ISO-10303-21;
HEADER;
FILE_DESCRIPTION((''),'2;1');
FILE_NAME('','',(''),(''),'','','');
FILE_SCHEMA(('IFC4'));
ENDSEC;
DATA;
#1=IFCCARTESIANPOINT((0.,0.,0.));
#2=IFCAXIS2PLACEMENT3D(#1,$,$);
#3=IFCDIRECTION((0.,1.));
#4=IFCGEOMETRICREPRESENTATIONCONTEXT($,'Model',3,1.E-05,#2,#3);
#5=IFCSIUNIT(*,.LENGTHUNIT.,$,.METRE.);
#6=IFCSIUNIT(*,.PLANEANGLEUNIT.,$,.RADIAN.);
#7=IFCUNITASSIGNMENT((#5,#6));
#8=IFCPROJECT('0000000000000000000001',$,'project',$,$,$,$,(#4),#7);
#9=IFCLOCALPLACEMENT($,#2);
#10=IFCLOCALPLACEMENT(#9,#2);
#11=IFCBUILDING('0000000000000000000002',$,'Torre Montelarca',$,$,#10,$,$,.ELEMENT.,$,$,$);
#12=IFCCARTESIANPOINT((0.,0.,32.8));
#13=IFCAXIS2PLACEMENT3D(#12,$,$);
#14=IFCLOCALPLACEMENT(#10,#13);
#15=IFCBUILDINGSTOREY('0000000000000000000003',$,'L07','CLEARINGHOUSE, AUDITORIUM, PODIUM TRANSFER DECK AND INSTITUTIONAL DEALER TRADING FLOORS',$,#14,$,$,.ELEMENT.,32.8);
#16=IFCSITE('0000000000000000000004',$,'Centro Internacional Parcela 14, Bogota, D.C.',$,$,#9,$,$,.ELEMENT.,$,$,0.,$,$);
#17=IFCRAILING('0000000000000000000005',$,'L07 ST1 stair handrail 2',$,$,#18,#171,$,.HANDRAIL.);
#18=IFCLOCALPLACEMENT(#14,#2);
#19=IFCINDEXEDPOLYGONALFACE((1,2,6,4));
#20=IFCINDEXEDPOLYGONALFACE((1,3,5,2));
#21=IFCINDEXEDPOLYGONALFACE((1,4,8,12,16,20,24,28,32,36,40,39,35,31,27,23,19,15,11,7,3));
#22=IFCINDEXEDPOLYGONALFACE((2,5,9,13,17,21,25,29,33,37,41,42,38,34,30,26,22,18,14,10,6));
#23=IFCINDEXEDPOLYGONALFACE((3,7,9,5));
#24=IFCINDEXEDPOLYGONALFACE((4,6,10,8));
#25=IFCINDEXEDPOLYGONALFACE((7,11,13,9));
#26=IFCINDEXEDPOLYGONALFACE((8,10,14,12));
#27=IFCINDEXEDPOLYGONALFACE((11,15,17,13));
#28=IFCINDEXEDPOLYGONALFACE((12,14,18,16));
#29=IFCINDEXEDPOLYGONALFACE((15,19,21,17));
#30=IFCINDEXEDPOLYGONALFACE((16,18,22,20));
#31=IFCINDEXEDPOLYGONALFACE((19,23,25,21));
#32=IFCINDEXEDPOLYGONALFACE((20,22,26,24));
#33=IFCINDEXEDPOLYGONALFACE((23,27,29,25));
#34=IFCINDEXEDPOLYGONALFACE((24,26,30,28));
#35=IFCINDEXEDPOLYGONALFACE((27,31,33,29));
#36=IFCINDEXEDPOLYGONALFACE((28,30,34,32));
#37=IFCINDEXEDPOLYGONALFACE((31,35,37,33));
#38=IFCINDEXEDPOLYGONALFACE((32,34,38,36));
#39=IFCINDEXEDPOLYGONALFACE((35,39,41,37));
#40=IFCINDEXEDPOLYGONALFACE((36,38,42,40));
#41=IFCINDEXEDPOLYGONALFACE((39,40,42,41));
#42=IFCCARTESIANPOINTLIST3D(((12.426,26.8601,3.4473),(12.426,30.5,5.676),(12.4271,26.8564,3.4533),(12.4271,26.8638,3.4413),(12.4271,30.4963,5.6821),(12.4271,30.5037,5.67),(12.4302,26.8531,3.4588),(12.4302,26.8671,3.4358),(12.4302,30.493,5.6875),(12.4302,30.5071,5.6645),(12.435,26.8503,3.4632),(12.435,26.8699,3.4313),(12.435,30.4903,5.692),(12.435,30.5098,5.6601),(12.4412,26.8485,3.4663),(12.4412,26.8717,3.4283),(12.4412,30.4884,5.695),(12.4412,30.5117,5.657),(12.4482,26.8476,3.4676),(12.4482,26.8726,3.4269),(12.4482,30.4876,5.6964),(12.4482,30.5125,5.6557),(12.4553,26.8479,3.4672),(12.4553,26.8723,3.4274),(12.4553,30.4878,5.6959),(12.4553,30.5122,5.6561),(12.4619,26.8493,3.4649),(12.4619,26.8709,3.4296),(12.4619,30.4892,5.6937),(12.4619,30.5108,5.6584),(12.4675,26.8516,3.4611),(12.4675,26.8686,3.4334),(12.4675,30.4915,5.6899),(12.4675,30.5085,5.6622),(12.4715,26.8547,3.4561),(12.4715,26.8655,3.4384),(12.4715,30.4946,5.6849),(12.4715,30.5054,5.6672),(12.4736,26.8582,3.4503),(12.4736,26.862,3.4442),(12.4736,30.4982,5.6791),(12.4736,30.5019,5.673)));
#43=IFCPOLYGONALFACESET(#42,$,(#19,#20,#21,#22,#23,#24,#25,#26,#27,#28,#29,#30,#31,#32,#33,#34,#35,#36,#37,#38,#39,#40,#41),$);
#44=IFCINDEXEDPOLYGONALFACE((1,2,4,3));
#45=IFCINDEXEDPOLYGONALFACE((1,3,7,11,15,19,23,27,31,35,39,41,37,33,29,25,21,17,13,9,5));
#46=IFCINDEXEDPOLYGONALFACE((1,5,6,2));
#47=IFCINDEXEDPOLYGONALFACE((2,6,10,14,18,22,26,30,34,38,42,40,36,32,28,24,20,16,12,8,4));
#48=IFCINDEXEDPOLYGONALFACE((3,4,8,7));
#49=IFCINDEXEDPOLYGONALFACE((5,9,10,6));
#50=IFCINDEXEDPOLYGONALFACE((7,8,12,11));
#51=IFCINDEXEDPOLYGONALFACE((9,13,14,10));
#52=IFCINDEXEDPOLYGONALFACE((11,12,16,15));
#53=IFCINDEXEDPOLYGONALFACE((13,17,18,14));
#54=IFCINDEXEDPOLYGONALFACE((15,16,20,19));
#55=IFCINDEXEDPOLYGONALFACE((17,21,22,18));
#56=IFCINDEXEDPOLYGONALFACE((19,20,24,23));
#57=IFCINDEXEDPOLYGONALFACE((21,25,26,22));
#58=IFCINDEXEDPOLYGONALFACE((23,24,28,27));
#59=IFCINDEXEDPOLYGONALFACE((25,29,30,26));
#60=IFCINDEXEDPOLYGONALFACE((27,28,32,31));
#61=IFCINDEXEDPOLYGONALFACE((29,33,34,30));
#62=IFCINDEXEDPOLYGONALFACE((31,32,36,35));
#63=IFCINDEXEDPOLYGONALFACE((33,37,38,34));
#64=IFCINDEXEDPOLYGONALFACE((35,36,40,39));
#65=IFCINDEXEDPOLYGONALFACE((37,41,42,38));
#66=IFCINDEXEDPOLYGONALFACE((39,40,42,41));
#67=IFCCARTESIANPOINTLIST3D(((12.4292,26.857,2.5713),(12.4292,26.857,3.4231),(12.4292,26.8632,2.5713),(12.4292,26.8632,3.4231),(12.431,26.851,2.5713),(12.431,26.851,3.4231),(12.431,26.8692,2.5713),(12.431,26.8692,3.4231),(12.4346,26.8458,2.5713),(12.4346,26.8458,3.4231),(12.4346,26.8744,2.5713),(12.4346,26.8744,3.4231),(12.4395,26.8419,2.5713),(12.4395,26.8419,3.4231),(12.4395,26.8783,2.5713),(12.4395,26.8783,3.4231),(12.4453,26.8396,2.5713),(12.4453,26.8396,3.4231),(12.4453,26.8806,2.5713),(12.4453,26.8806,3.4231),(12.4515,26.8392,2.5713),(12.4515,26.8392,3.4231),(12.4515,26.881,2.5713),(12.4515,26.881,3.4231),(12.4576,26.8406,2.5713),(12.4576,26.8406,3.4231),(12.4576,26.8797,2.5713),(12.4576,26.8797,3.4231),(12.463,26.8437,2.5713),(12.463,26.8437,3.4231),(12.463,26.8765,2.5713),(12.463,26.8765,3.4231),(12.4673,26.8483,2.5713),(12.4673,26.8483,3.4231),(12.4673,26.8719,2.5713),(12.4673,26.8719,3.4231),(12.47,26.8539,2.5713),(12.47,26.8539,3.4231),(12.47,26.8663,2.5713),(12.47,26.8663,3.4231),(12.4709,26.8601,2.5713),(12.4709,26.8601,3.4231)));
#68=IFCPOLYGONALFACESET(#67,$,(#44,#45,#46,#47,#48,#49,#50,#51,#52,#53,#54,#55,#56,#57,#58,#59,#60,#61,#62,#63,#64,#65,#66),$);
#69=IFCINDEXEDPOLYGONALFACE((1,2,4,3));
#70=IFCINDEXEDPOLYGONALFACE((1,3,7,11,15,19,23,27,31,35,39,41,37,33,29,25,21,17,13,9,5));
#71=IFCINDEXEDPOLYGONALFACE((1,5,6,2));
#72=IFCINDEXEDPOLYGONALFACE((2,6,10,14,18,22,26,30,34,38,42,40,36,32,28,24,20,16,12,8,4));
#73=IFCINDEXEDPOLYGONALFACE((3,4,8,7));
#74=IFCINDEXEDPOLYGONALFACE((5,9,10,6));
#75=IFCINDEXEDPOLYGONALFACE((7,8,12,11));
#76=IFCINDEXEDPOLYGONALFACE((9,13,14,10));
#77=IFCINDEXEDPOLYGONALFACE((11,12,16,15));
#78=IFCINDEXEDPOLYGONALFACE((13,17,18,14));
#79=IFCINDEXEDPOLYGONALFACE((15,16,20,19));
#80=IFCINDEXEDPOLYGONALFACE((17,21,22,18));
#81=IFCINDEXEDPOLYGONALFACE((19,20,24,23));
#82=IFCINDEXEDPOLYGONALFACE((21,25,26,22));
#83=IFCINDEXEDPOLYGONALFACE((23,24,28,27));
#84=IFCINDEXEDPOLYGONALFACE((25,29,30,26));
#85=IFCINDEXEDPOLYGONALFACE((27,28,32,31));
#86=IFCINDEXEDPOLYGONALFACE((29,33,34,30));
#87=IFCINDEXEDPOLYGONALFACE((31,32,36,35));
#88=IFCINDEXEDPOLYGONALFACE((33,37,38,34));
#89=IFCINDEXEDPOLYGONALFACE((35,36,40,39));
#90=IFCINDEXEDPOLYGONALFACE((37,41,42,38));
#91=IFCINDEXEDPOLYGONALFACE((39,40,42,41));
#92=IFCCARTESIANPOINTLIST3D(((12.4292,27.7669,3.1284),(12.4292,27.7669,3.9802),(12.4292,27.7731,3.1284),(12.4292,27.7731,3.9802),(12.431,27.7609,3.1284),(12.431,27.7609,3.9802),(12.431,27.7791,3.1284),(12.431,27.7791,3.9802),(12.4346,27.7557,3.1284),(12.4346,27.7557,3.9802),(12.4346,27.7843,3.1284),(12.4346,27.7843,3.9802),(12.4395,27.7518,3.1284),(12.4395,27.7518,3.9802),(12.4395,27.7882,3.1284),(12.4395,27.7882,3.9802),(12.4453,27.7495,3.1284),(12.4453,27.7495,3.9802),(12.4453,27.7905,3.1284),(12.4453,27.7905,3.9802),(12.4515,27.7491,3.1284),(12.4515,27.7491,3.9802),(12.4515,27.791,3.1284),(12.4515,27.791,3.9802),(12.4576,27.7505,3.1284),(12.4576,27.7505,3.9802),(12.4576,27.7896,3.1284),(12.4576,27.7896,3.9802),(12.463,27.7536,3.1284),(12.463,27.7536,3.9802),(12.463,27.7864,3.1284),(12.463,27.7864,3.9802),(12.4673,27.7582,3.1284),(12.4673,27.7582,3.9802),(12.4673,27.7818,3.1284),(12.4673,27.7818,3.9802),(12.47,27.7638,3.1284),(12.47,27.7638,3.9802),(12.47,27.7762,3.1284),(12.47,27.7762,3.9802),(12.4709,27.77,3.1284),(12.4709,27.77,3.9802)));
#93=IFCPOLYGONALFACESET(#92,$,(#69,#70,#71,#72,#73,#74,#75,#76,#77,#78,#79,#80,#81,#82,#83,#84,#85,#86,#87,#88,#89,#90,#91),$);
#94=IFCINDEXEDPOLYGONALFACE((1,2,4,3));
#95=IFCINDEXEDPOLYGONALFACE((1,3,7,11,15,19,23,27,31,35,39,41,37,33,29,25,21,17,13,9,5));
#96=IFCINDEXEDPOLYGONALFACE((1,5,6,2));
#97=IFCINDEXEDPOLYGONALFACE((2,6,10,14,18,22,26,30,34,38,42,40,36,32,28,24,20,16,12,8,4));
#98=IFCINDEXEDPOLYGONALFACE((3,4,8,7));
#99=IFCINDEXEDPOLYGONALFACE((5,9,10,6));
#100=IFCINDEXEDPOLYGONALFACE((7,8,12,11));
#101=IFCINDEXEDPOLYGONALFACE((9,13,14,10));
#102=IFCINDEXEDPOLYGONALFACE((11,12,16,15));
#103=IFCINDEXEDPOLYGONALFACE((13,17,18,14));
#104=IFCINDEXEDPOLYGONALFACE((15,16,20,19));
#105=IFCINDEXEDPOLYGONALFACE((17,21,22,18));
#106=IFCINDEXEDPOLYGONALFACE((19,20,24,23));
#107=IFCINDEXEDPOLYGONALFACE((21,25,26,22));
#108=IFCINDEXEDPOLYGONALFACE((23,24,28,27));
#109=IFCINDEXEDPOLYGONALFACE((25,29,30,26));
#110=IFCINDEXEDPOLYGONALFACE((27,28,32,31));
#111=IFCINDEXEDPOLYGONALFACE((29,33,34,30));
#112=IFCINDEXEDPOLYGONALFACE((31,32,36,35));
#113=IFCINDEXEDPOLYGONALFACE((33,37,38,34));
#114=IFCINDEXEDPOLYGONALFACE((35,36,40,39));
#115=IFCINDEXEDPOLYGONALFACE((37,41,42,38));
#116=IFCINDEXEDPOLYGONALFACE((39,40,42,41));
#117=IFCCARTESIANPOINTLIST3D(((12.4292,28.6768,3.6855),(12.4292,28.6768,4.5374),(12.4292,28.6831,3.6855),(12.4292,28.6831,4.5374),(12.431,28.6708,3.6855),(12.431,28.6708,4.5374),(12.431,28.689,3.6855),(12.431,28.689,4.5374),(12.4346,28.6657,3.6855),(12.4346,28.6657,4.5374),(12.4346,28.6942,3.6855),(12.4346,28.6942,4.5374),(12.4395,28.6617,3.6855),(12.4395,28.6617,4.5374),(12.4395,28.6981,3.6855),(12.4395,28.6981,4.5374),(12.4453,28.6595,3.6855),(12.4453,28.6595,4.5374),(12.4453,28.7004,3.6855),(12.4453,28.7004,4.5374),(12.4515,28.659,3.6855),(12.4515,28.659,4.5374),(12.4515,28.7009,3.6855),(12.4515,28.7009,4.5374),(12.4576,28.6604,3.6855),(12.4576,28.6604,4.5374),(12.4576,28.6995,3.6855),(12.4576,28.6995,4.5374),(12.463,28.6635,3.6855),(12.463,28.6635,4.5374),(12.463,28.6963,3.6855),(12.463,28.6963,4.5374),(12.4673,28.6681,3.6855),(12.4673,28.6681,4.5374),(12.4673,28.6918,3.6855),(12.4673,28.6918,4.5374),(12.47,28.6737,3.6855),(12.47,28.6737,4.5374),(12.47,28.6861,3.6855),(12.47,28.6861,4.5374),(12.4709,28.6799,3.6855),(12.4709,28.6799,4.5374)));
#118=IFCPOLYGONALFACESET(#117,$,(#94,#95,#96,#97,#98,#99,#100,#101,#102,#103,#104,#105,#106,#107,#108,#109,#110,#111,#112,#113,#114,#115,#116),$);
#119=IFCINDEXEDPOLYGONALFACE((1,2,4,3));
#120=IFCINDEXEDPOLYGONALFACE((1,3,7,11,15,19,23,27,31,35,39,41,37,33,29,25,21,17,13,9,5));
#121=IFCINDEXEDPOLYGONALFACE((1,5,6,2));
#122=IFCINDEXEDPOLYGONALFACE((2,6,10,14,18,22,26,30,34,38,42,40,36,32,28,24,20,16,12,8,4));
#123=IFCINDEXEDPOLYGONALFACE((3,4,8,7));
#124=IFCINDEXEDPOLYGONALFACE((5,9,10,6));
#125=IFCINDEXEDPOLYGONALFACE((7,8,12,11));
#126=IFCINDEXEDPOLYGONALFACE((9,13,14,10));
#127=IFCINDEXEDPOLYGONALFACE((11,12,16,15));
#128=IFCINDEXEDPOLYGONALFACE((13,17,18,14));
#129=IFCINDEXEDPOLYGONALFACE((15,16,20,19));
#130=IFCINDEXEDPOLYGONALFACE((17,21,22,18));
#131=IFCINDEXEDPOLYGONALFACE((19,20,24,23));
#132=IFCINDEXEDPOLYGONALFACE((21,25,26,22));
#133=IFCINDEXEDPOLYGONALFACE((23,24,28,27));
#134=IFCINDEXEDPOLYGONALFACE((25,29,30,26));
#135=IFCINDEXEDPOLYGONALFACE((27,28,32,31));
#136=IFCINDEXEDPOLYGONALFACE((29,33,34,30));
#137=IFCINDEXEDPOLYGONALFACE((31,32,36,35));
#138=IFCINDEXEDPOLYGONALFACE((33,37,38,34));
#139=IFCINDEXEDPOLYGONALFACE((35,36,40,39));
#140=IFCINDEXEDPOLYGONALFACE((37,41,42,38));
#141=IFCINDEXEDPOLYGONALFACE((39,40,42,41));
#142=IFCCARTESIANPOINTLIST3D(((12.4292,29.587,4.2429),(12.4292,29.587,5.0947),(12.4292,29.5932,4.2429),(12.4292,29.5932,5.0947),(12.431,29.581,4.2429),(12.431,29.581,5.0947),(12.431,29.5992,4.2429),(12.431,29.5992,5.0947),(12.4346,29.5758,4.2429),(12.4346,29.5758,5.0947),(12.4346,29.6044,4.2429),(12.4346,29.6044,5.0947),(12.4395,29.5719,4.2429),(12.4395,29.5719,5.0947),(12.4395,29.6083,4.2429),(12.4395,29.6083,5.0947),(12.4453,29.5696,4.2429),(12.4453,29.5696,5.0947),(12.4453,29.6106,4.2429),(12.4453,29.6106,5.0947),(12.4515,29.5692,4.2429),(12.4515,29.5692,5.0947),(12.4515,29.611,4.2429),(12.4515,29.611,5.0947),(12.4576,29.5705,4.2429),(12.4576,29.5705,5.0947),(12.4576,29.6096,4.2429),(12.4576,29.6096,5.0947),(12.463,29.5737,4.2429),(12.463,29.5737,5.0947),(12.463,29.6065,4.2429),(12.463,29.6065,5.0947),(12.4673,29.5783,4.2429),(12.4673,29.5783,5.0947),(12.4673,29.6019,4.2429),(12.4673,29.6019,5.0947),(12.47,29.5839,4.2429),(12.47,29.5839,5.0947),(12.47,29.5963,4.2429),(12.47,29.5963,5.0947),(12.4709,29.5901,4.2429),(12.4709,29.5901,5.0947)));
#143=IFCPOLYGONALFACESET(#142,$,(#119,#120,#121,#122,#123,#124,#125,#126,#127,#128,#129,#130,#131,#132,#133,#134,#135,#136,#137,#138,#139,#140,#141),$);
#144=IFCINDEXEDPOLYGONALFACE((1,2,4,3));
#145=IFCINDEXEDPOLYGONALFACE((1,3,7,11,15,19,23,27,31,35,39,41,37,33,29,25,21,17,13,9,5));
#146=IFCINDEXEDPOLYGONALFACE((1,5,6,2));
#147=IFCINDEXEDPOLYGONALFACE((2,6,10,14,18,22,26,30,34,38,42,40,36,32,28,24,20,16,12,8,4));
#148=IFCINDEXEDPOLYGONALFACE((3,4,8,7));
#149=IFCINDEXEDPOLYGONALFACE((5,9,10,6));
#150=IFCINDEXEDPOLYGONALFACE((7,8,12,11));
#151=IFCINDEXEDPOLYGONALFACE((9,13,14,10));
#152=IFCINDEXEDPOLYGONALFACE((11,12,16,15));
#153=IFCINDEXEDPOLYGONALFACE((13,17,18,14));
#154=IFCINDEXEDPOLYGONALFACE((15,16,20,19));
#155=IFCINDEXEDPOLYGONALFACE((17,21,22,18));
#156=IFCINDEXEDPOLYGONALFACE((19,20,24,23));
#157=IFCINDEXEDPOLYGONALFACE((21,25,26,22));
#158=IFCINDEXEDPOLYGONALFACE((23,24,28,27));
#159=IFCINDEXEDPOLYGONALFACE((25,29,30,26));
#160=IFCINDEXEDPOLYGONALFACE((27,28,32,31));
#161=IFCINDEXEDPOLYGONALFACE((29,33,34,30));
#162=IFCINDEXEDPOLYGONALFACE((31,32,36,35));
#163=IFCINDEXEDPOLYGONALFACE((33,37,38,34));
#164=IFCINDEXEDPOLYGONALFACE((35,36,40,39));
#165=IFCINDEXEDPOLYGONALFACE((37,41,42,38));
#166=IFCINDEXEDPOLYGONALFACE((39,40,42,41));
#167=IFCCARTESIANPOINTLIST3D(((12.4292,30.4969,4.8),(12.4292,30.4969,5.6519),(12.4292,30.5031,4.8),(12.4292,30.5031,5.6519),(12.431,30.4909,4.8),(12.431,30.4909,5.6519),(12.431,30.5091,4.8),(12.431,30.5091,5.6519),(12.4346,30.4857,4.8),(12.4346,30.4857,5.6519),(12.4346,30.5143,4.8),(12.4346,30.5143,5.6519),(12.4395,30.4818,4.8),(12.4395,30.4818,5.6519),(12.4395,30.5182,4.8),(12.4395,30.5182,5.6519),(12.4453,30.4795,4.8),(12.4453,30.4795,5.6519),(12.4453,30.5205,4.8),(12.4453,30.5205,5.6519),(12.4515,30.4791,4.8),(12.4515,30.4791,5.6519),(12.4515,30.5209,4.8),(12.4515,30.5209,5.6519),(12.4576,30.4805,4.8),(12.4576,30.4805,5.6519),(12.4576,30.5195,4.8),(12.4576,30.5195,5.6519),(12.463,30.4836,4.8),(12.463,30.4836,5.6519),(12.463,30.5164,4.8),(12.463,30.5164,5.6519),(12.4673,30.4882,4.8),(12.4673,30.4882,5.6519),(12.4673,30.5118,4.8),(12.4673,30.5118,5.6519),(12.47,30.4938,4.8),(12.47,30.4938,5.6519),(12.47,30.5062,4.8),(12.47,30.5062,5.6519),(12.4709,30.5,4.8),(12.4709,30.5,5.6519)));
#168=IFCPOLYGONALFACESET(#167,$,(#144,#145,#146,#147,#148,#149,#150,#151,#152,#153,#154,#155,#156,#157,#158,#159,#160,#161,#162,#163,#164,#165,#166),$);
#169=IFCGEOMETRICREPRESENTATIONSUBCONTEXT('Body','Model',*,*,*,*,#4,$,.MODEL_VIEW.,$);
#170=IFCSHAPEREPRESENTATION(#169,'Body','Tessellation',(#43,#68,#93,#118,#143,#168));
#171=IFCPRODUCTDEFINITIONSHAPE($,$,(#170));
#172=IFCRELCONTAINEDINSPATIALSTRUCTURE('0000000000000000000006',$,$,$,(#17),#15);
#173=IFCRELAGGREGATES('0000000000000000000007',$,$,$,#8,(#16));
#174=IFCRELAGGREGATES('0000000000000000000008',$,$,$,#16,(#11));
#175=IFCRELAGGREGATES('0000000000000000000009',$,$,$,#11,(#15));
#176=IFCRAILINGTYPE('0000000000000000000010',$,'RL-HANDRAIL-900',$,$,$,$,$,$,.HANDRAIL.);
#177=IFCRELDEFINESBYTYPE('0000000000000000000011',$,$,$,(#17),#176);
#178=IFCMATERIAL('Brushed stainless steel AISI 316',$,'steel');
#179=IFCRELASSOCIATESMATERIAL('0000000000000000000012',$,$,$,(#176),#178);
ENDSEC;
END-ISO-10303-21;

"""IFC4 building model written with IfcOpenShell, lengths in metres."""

from ifc_helpers import new_model, si_unit, direction, frame, origin, origin_2d, place, context, subcontext, project, spatial, circle, extrude, material, type_object, element, save


model = new_model("IFC4")

# Units and contexts
model_context = context("Model", 3, precision=1e-05, world=origin(), true_north=direction((0.0, 1.0)))
body_context = subcontext(model_context, "Body", "Model", "MODEL_VIEW")
ifc_project = project(units=[si_unit("LENGTHUNIT", "METRE"), si_unit("PLANEANGLEUNIT", "RADIAN")], contexts=[model_context])

# Site, building, storey
site_placement = place(None, origin())
site = spatial("IfcSite", under=ifc_project, at=site_placement, Name="Centro Internacional Parcela 14, Bogota, D.C.", CompositionType="ELEMENT", RefElevation=0.0)
building_placement = place(site_placement, origin())
building = spatial("IfcBuilding", under=site, at=building_placement, Name="Torre Montelarca", CompositionType="ELEMENT")
storey_placement = place(building_placement, frame((0.0, 0.0, 32.8)))
storey = spatial("IfcBuildingStorey", under=building, at=storey_placement, Name="L07", Description="CLEARINGHOUSE, AUDITORIUM, PODIUM TRANSFER DECK AND INSTITUTIONAL DEALER TRADING FLOORS", CompositionType="ELEMENT", Elevation=32.8)

# Shared definitions
ifc_material_1 = material(Name="Brushed stainless steel AISI 316", Category="steel")

# Railing
railing_type_1 = type_object("IfcRailingType", Name="RL-HANDRAIL-900", PredefinedType="HANDRAIL", material=ifc_material_1)
railing_1_placement = place(storey_placement, frame((12.45, 26.8601, 2.5713)))
element("IfcRailing", 1, at=railing_1_placement, inside=storey, type_object=railing_type_1, Name="L07 ST1 stair handrail 2", PredefinedType="HANDRAIL", context=body_context, shape_type="SweptSolid", body=[
    extrude(circle(Radius=0.0239, at=origin_2d()), frame((0.0, 0.0, 0.876), z_axis=(0.0, 0.852825, 0.522197), x_axis=(-1.0, 0.0, 0.0)), (0.0, 0.0, 1.0), 4.2681),
    extrude(circle(Radius=0.021, at=origin_2d()), origin(), (0.0, 0.0, 1.0), 0.8518),
    extrude(circle(Radius=0.021, at=origin_2d()), frame((0.0, 0.9099, 0.5571)), (0.0, 0.0, 1.0), 0.8518),
    extrude(circle(Radius=0.021, at=origin_2d()), frame((0.0, 1.8198, 1.1143)), (0.0, 0.0, 1.0), 0.8518),
    extrude(circle(Radius=0.021, at=origin_2d()), frame((0.0, 2.73, 1.6716)), (0.0, 0.0, 1.0), 0.8518),
    extrude(circle(Radius=0.021, at=origin_2d()), frame((0.0, 3.6399, 2.2288)), (0.0, 0.0, 1.0), 0.8518),
])

save(model, "model.ifc")
